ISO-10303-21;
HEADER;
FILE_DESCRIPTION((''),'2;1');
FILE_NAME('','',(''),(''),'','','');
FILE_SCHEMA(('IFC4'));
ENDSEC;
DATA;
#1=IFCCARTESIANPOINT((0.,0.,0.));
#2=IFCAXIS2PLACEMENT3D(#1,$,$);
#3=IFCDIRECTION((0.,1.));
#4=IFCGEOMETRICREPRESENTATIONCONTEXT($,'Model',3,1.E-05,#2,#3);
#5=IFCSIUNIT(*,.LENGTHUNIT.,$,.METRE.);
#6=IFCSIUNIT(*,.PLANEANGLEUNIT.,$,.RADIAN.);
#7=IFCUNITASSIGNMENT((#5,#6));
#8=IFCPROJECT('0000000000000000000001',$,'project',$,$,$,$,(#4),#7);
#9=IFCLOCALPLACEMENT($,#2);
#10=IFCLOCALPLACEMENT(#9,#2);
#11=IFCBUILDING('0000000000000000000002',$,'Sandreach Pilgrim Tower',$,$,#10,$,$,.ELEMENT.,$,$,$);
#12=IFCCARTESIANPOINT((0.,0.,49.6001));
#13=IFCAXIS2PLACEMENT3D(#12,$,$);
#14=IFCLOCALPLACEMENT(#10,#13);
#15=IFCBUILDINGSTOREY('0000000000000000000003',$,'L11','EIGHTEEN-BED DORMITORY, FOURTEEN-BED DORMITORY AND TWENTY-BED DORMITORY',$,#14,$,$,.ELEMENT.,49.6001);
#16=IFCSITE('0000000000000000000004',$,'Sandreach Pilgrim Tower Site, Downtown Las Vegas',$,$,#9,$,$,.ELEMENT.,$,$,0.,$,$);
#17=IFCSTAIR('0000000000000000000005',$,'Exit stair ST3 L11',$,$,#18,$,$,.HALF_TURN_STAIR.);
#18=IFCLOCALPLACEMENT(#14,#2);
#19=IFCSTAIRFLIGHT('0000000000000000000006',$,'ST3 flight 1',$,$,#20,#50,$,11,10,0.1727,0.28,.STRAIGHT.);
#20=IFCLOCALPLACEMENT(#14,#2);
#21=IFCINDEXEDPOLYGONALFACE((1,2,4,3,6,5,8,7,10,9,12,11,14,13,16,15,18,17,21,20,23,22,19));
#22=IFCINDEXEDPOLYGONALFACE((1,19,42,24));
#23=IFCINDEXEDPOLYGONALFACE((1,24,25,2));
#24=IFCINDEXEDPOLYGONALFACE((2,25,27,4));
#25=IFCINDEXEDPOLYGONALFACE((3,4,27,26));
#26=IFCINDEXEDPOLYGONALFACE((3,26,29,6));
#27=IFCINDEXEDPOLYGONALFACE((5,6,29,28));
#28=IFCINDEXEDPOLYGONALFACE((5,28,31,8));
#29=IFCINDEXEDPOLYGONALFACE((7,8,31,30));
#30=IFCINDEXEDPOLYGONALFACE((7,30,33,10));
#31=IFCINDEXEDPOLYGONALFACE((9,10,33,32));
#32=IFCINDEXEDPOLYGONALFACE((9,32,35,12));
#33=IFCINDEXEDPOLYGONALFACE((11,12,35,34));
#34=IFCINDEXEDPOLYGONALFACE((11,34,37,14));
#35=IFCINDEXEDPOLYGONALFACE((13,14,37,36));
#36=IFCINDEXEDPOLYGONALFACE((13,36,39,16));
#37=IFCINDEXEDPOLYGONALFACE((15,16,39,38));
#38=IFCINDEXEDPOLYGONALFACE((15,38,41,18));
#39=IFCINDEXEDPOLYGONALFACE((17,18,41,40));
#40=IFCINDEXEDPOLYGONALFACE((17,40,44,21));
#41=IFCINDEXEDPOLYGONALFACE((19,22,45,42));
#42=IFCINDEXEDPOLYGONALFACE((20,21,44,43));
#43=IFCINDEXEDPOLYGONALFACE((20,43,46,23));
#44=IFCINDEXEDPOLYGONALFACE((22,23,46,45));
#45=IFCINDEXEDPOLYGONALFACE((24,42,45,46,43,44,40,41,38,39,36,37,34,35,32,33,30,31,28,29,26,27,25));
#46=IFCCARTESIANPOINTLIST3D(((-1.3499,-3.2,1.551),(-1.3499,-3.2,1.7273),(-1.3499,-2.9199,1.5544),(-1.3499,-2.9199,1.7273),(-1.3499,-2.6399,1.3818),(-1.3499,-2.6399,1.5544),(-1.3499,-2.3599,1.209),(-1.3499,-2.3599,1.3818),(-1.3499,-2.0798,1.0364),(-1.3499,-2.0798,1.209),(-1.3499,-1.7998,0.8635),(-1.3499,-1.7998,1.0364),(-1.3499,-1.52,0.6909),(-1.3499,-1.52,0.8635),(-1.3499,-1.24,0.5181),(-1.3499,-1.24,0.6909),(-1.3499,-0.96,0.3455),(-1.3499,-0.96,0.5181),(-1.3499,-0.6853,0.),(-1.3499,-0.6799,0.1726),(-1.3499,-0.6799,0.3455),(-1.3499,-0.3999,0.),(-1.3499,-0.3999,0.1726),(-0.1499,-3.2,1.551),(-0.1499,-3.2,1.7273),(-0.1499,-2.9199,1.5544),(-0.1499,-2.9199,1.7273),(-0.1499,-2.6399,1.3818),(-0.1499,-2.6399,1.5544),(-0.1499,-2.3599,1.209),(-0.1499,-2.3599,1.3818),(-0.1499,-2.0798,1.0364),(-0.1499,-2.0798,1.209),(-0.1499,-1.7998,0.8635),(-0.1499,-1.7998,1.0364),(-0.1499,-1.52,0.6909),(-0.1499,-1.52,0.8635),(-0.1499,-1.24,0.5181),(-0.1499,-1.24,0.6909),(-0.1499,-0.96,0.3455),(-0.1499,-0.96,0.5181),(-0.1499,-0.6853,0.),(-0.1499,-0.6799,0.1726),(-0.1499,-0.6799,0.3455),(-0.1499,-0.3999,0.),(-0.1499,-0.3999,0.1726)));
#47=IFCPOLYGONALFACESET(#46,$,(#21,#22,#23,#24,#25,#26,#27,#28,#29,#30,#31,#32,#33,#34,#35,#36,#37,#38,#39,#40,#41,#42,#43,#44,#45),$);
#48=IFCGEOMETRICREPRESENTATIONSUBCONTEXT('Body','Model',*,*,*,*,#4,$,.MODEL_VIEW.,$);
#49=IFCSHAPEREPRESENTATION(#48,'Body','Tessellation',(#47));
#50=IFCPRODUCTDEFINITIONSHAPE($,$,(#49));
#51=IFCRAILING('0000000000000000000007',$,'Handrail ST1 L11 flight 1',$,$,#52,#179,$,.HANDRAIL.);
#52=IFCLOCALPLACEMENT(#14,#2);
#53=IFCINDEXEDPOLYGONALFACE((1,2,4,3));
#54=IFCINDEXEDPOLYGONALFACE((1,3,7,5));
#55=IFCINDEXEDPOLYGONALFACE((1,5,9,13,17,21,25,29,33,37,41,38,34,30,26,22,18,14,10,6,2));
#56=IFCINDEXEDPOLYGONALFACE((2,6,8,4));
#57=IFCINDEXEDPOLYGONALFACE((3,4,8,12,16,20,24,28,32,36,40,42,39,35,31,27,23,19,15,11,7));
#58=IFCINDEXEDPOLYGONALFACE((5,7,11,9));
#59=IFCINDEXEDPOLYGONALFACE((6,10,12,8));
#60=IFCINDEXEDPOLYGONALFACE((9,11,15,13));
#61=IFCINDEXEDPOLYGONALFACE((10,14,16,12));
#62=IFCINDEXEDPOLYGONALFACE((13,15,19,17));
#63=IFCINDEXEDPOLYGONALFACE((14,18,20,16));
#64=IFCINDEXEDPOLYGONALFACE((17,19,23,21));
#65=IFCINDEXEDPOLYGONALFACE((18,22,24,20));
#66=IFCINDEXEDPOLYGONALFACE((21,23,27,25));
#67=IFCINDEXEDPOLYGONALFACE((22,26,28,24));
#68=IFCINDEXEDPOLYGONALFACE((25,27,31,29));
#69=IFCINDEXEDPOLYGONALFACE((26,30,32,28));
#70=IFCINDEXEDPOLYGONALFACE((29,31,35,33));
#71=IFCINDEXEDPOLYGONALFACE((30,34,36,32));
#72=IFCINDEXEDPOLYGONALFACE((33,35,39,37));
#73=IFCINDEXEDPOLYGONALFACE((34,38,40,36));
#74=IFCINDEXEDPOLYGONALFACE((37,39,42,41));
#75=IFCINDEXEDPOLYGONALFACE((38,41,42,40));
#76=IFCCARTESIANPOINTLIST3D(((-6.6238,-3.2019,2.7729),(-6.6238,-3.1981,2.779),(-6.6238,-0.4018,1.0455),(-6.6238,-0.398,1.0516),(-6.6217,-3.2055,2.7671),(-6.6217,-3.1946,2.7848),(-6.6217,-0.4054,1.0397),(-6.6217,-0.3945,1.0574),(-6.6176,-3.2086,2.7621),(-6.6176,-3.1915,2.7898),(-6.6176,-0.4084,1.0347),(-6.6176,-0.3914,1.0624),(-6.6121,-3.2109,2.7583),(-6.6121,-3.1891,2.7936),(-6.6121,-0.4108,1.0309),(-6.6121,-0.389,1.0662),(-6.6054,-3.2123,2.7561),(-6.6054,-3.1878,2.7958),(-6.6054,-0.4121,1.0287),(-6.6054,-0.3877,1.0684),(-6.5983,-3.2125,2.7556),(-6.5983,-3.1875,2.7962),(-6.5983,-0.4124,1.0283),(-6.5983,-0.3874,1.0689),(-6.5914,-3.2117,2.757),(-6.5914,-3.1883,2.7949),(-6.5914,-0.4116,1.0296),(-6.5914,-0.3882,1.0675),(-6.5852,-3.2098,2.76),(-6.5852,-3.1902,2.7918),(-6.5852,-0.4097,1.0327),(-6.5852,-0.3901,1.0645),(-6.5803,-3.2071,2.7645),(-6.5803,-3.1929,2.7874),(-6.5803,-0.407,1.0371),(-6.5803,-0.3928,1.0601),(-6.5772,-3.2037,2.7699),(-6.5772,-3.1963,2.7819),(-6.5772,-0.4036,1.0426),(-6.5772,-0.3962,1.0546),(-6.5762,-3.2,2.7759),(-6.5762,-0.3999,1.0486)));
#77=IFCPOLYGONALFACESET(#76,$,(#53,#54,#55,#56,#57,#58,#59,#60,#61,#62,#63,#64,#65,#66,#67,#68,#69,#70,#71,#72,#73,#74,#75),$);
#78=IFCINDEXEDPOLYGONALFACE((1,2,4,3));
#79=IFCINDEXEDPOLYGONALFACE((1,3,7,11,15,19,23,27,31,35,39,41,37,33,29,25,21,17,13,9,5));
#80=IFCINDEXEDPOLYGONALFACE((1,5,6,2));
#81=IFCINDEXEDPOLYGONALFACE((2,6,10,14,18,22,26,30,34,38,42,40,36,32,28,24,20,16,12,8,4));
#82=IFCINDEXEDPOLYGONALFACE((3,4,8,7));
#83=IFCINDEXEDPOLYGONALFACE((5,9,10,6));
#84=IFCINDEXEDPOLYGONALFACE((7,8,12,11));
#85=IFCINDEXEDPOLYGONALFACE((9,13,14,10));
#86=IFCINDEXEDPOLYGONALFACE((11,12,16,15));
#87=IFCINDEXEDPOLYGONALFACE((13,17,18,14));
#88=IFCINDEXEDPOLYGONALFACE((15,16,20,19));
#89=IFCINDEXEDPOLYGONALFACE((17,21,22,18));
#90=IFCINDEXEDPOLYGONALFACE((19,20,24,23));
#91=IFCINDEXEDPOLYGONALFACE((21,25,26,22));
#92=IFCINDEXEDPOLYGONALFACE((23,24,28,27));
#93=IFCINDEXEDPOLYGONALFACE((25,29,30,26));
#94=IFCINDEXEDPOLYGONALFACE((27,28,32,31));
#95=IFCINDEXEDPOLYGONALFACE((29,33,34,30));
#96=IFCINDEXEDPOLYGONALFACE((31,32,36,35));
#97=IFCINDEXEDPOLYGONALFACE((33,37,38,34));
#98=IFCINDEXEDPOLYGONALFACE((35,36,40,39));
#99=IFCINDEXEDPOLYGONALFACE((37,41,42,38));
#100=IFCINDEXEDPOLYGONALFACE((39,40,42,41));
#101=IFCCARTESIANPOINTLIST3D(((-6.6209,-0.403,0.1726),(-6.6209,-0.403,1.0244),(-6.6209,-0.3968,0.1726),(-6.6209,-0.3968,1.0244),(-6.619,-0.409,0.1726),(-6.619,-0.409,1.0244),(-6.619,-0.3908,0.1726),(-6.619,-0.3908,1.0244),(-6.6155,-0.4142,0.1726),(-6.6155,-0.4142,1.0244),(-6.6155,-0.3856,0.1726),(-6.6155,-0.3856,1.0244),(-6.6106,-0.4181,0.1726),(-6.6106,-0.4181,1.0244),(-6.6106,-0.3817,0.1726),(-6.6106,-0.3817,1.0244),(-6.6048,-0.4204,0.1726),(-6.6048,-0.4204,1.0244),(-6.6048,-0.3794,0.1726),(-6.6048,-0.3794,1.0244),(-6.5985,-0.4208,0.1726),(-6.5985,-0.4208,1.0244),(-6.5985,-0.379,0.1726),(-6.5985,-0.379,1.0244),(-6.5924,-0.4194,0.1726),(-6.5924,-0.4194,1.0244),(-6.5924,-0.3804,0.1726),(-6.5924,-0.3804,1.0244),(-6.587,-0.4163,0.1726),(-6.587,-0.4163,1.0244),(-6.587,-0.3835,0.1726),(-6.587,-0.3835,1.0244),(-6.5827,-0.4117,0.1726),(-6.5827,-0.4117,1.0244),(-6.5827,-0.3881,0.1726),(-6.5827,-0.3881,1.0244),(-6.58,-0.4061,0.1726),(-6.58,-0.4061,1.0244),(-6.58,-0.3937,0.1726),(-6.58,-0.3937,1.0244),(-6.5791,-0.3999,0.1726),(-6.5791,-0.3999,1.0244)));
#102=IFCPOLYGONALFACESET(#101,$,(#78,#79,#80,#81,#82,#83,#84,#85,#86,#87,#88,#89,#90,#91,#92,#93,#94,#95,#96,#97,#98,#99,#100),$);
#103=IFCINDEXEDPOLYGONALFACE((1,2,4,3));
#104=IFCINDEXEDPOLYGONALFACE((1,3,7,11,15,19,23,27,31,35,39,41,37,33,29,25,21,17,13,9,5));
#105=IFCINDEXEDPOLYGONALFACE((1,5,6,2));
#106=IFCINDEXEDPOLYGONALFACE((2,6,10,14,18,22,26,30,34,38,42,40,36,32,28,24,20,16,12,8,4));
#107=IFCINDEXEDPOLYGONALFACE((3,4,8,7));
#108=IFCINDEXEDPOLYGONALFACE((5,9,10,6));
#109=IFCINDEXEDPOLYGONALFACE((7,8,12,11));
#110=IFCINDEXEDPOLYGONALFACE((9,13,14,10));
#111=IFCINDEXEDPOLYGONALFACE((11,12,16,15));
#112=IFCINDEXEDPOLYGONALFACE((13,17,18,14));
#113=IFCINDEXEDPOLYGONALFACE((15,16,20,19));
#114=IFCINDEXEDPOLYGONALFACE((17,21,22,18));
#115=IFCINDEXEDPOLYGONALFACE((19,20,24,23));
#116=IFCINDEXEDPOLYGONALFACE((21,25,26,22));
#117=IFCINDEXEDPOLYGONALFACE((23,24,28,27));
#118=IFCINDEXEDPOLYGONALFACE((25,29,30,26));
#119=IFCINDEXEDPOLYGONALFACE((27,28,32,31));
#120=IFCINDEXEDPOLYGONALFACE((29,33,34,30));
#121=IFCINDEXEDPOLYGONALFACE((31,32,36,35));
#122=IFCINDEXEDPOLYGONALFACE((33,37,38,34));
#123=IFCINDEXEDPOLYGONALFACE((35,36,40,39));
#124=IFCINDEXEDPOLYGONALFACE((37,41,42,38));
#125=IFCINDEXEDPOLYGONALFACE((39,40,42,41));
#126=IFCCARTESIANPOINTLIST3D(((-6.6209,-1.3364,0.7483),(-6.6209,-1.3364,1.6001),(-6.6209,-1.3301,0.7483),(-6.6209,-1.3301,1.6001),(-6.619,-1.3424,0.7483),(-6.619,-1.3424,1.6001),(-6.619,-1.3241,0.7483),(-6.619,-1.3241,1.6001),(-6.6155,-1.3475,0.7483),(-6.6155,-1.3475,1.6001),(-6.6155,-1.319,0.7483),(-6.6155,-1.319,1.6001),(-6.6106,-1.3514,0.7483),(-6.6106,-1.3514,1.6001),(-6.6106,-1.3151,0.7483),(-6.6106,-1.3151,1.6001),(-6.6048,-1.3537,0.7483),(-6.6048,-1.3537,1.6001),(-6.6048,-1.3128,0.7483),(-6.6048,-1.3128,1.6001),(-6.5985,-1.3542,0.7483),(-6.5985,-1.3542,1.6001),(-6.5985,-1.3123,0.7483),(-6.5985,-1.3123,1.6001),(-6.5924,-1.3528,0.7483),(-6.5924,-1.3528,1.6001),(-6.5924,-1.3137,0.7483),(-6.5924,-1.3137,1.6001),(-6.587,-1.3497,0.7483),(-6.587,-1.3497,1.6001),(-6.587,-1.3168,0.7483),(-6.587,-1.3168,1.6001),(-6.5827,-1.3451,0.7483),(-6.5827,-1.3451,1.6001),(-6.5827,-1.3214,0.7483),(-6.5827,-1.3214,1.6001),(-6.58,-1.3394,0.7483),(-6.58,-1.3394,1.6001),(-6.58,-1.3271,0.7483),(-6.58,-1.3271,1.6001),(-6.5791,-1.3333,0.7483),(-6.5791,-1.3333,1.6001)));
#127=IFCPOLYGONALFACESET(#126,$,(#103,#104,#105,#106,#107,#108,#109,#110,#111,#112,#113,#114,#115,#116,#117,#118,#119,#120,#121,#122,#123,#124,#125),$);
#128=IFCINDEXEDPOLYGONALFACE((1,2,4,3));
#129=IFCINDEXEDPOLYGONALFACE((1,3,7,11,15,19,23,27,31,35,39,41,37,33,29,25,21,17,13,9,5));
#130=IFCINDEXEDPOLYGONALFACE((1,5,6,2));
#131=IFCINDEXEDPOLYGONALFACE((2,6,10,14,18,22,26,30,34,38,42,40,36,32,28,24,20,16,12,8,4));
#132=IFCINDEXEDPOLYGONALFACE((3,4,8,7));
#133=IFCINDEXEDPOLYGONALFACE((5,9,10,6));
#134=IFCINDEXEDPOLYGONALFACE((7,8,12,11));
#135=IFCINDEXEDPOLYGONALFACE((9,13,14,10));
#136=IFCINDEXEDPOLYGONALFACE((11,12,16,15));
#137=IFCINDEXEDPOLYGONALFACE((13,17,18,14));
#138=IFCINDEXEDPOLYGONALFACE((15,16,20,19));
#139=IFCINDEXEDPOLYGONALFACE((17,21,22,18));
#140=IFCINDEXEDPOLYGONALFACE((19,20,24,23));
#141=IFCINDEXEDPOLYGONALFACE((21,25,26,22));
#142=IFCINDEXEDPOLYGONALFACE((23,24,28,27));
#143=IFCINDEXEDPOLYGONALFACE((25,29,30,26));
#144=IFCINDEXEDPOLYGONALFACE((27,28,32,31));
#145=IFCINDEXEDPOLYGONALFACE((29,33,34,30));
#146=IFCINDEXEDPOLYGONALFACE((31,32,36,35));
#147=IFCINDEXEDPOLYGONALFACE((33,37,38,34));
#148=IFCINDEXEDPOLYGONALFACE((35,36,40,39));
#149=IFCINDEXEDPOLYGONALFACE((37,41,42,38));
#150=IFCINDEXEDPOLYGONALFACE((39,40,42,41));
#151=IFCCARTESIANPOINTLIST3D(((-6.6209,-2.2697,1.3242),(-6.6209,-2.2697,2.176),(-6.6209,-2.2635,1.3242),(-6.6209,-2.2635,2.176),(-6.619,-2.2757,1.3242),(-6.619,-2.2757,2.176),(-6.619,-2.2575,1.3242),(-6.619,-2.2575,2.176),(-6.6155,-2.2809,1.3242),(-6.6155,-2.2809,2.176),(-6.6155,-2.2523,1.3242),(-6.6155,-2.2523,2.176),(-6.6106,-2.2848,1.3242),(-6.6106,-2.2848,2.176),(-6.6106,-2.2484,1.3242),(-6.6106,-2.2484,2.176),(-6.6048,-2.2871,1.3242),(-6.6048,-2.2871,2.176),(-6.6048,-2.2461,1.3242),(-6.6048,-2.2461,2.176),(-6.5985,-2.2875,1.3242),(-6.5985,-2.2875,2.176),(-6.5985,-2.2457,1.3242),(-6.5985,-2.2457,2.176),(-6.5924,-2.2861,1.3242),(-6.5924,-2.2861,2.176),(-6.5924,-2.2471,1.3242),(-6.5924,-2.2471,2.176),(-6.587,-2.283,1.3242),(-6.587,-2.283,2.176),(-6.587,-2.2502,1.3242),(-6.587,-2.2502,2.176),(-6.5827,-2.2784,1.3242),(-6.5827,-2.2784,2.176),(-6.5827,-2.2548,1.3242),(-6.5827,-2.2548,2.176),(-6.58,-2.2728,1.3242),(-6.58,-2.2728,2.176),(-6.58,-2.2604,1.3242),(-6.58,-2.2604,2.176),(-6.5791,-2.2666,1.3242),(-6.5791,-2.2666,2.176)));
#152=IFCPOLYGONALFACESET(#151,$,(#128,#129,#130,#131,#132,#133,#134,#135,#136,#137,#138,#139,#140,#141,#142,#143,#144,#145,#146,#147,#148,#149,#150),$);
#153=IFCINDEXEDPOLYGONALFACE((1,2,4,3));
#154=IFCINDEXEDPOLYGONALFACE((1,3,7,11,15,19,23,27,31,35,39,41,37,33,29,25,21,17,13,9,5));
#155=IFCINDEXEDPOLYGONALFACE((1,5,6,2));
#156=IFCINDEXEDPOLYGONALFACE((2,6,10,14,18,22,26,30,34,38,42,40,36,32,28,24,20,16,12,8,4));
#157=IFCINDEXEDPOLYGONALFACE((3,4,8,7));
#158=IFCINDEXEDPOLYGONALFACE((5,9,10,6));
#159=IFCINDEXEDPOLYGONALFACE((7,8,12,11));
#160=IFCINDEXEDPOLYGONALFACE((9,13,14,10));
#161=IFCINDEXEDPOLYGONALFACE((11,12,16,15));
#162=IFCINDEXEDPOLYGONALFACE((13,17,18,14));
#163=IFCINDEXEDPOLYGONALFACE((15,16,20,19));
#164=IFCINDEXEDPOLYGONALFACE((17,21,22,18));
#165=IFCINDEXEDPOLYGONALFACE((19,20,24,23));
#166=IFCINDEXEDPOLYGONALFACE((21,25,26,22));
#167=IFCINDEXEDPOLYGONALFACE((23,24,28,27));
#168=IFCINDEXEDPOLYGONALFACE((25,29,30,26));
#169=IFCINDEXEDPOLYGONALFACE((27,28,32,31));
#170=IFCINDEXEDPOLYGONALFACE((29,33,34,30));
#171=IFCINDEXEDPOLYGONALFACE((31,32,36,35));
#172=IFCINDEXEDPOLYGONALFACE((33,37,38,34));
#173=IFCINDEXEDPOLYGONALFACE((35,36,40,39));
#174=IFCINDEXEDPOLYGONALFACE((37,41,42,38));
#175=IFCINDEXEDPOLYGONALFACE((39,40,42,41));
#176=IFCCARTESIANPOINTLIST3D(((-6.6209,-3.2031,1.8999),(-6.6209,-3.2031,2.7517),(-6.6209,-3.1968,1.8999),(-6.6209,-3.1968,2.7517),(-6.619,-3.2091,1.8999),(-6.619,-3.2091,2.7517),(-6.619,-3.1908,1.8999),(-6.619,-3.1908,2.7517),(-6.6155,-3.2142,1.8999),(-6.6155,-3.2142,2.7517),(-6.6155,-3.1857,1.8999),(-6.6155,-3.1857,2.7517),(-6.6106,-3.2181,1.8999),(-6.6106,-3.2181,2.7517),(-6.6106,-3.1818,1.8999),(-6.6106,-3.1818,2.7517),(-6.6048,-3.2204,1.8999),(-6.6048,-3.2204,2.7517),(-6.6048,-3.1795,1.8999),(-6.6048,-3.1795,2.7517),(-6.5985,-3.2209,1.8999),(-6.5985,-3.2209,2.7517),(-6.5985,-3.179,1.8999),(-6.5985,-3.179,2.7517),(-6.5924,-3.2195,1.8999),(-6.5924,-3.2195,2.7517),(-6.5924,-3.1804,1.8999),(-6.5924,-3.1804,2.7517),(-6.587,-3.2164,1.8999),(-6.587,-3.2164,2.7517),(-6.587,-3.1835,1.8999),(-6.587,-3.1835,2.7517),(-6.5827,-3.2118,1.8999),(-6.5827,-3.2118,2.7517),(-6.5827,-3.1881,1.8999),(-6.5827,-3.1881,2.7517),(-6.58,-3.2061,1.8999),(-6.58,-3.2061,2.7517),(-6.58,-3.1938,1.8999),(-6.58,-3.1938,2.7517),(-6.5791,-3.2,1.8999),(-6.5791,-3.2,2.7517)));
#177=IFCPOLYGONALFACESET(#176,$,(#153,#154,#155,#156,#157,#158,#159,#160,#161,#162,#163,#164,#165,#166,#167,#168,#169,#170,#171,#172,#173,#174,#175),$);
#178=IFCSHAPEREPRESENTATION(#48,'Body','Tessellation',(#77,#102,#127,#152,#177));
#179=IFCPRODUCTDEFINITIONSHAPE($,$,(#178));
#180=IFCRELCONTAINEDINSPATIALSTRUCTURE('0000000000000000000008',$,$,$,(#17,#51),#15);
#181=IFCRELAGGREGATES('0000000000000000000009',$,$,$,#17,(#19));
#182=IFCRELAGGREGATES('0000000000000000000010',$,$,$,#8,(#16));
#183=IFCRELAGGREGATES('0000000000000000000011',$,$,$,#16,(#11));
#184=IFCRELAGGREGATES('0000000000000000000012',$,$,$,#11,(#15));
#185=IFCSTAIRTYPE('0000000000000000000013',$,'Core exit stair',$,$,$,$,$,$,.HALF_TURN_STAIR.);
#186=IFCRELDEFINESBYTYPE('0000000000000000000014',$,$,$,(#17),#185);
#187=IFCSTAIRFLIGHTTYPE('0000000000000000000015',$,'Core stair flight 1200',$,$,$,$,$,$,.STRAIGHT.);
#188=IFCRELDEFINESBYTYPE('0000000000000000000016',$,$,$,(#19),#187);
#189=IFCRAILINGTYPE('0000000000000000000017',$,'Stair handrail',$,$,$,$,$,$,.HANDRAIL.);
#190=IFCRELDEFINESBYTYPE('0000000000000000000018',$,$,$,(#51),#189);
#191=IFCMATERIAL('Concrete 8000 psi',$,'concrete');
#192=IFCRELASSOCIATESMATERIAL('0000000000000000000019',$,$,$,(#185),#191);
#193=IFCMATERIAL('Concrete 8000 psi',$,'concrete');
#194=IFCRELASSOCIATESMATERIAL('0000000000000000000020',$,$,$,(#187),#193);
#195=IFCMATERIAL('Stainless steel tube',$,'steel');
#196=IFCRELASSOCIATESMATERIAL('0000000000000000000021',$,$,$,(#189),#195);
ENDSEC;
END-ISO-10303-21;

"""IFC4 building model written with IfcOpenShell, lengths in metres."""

from ifc_helpers import new_model, si_unit, direction, frame, origin, origin_2d, place, context, subcontext, project, spatial, polyline, circle, outline, extrude, material, type_object, element, aggregate, save


model = new_model("IFC4")

# Units and contexts
model_context = context("Model", 3, precision=1e-05, world=origin(), true_north=direction((0.0, 1.0)))
body_context = subcontext(model_context, "Body", "Model", "MODEL_VIEW")
ifc_project = project(units=[si_unit("LENGTHUNIT", "METRE"), si_unit("PLANEANGLEUNIT", "RADIAN")], contexts=[model_context])

# Site, building, storey
site_placement = place(None, origin())
site = spatial("IfcSite", under=ifc_project, at=site_placement, Name="Sandreach Pilgrim Tower Site, Downtown Las Vegas", CompositionType="ELEMENT", RefElevation=0.0)
building_placement = place(site_placement, origin())
building = spatial("IfcBuilding", under=site, at=building_placement, Name="Sandreach Pilgrim Tower", CompositionType="ELEMENT")
storey_placement = place(building_placement, frame((0.0, 0.0, 49.6001)))
storey = spatial("IfcBuildingStorey", under=building, at=storey_placement, Name="L11", Description="EIGHTEEN-BED DORMITORY, FOURTEEN-BED DORMITORY AND TWENTY-BED DORMITORY", CompositionType="ELEMENT", Elevation=49.6001)

# Stair, stair flight
ifc_material_1 = material(Name="Concrete 8000 psi", Category="concrete")
stair_type = type_object("IfcStairType", Name="Core exit stair", PredefinedType="HALF_TURN_STAIR", material=ifc_material_1)
ifc_material_2 = material(Name="Concrete 8000 psi", Category="concrete")
stair_flight_type = type_object("IfcStairFlightType", Name="Core stair flight 1200", PredefinedType="STRAIGHT", material=ifc_material_2)
stair_1_placement = place(storey_placement, origin())
stair_1 = element("IfcStair", 1, at=stair_1_placement, inside=storey, type_object=stair_type, Name="Exit stair ST3 L11", PredefinedType="HALF_TURN_STAIR")
stair_flight_1_placement = place(storey_placement, frame((-0.75, -0.3999, 0.0), z_axis=(0.0, 0.0, 1.0), x_axis=(0.0, -1.0, 0.0)))
stair_flight_1 = element("IfcStairFlight", 2, at=stair_flight_1_placement, type_object=stair_flight_type, Name="ST3 flight 1", NumberOfRisers=11, NumberOfTreads=10, PredefinedType="STRAIGHT", RiserHeight=0.1727, TreadLength=0.28, context=body_context, shape_type="SweptSolid", body=[
    extrude(outline(polyline([(0.0, 0.0), (0.0, 0.1726), (0.28, 0.1726), (0.28, 0.3455), (0.5601, 0.3455), (0.5601, 0.5181), (0.8401, 0.5181), (0.8401, 0.6909), (1.1201, 0.6909), (1.1201, 0.8635), (1.3999, 0.8635), (1.3999, 1.0364), (1.6799, 1.0364), (1.6799, 1.209), (1.96, 1.209), (1.96, 1.3818), (2.24, 1.3818), (2.24, 1.5544), (2.52, 1.5544), (2.52, 1.7273), (2.8, 1.7273), (2.8, 1.8999), (2.8, 1.551), (0.2854, 0.0), (0.0, 0.0)])), frame((0.0, 0.6001, 0.0), z_axis=(0.0, -1.0, 0.0), x_axis=(1.0, 0.0, 0.0)), (0.0, 0.0, 1.0), 1.2),
])
aggregate(stair_1, [stair_flight_1])

# Railing
ifc_material_3 = material(Name="Stainless steel tube", Category="steel")
railing_type = type_object("IfcRailingType", Name="Stair handrail", PredefinedType="HANDRAIL", material=ifc_material_3)
railing_placement = place(storey_placement, frame((-6.6001, -0.3999, 0.1726)))
element("IfcRailing", 3, at=railing_placement, inside=storey, type_object=railing_type, Name="Handrail ST1 L11 flight 1", PredefinedType="HANDRAIL", context=body_context, shape_type="SweptSolid", body=[
    extrude(circle(Radius=0.0239, at=origin_2d()), frame((0.0, 0.0, 0.876), z_axis=(0.0, -0.85109, 0.52502), x_axis=(1.0, 0.0, 0.0)), (0.0, 0.0, 1.0), 3.29),
    extrude(circle(Radius=0.021, at=origin_2d()), origin(), (0.0, 0.0, 1.0), 0.8518),
    extrude(circle(Radius=0.021, at=origin_2d()), frame((0.0, -0.9333, 0.5757)), (0.0, 0.0, 1.0), 0.8518),
    extrude(circle(Radius=0.021, at=origin_2d()), frame((0.0, -1.8667, 1.1516)), (0.0, 0.0, 1.0), 0.8518),
    extrude(circle(Radius=0.021, at=origin_2d()), frame((0.0, -2.8, 1.7273)), (0.0, 0.0, 1.0), 0.8518),
])

save(model, "model.ifc")
